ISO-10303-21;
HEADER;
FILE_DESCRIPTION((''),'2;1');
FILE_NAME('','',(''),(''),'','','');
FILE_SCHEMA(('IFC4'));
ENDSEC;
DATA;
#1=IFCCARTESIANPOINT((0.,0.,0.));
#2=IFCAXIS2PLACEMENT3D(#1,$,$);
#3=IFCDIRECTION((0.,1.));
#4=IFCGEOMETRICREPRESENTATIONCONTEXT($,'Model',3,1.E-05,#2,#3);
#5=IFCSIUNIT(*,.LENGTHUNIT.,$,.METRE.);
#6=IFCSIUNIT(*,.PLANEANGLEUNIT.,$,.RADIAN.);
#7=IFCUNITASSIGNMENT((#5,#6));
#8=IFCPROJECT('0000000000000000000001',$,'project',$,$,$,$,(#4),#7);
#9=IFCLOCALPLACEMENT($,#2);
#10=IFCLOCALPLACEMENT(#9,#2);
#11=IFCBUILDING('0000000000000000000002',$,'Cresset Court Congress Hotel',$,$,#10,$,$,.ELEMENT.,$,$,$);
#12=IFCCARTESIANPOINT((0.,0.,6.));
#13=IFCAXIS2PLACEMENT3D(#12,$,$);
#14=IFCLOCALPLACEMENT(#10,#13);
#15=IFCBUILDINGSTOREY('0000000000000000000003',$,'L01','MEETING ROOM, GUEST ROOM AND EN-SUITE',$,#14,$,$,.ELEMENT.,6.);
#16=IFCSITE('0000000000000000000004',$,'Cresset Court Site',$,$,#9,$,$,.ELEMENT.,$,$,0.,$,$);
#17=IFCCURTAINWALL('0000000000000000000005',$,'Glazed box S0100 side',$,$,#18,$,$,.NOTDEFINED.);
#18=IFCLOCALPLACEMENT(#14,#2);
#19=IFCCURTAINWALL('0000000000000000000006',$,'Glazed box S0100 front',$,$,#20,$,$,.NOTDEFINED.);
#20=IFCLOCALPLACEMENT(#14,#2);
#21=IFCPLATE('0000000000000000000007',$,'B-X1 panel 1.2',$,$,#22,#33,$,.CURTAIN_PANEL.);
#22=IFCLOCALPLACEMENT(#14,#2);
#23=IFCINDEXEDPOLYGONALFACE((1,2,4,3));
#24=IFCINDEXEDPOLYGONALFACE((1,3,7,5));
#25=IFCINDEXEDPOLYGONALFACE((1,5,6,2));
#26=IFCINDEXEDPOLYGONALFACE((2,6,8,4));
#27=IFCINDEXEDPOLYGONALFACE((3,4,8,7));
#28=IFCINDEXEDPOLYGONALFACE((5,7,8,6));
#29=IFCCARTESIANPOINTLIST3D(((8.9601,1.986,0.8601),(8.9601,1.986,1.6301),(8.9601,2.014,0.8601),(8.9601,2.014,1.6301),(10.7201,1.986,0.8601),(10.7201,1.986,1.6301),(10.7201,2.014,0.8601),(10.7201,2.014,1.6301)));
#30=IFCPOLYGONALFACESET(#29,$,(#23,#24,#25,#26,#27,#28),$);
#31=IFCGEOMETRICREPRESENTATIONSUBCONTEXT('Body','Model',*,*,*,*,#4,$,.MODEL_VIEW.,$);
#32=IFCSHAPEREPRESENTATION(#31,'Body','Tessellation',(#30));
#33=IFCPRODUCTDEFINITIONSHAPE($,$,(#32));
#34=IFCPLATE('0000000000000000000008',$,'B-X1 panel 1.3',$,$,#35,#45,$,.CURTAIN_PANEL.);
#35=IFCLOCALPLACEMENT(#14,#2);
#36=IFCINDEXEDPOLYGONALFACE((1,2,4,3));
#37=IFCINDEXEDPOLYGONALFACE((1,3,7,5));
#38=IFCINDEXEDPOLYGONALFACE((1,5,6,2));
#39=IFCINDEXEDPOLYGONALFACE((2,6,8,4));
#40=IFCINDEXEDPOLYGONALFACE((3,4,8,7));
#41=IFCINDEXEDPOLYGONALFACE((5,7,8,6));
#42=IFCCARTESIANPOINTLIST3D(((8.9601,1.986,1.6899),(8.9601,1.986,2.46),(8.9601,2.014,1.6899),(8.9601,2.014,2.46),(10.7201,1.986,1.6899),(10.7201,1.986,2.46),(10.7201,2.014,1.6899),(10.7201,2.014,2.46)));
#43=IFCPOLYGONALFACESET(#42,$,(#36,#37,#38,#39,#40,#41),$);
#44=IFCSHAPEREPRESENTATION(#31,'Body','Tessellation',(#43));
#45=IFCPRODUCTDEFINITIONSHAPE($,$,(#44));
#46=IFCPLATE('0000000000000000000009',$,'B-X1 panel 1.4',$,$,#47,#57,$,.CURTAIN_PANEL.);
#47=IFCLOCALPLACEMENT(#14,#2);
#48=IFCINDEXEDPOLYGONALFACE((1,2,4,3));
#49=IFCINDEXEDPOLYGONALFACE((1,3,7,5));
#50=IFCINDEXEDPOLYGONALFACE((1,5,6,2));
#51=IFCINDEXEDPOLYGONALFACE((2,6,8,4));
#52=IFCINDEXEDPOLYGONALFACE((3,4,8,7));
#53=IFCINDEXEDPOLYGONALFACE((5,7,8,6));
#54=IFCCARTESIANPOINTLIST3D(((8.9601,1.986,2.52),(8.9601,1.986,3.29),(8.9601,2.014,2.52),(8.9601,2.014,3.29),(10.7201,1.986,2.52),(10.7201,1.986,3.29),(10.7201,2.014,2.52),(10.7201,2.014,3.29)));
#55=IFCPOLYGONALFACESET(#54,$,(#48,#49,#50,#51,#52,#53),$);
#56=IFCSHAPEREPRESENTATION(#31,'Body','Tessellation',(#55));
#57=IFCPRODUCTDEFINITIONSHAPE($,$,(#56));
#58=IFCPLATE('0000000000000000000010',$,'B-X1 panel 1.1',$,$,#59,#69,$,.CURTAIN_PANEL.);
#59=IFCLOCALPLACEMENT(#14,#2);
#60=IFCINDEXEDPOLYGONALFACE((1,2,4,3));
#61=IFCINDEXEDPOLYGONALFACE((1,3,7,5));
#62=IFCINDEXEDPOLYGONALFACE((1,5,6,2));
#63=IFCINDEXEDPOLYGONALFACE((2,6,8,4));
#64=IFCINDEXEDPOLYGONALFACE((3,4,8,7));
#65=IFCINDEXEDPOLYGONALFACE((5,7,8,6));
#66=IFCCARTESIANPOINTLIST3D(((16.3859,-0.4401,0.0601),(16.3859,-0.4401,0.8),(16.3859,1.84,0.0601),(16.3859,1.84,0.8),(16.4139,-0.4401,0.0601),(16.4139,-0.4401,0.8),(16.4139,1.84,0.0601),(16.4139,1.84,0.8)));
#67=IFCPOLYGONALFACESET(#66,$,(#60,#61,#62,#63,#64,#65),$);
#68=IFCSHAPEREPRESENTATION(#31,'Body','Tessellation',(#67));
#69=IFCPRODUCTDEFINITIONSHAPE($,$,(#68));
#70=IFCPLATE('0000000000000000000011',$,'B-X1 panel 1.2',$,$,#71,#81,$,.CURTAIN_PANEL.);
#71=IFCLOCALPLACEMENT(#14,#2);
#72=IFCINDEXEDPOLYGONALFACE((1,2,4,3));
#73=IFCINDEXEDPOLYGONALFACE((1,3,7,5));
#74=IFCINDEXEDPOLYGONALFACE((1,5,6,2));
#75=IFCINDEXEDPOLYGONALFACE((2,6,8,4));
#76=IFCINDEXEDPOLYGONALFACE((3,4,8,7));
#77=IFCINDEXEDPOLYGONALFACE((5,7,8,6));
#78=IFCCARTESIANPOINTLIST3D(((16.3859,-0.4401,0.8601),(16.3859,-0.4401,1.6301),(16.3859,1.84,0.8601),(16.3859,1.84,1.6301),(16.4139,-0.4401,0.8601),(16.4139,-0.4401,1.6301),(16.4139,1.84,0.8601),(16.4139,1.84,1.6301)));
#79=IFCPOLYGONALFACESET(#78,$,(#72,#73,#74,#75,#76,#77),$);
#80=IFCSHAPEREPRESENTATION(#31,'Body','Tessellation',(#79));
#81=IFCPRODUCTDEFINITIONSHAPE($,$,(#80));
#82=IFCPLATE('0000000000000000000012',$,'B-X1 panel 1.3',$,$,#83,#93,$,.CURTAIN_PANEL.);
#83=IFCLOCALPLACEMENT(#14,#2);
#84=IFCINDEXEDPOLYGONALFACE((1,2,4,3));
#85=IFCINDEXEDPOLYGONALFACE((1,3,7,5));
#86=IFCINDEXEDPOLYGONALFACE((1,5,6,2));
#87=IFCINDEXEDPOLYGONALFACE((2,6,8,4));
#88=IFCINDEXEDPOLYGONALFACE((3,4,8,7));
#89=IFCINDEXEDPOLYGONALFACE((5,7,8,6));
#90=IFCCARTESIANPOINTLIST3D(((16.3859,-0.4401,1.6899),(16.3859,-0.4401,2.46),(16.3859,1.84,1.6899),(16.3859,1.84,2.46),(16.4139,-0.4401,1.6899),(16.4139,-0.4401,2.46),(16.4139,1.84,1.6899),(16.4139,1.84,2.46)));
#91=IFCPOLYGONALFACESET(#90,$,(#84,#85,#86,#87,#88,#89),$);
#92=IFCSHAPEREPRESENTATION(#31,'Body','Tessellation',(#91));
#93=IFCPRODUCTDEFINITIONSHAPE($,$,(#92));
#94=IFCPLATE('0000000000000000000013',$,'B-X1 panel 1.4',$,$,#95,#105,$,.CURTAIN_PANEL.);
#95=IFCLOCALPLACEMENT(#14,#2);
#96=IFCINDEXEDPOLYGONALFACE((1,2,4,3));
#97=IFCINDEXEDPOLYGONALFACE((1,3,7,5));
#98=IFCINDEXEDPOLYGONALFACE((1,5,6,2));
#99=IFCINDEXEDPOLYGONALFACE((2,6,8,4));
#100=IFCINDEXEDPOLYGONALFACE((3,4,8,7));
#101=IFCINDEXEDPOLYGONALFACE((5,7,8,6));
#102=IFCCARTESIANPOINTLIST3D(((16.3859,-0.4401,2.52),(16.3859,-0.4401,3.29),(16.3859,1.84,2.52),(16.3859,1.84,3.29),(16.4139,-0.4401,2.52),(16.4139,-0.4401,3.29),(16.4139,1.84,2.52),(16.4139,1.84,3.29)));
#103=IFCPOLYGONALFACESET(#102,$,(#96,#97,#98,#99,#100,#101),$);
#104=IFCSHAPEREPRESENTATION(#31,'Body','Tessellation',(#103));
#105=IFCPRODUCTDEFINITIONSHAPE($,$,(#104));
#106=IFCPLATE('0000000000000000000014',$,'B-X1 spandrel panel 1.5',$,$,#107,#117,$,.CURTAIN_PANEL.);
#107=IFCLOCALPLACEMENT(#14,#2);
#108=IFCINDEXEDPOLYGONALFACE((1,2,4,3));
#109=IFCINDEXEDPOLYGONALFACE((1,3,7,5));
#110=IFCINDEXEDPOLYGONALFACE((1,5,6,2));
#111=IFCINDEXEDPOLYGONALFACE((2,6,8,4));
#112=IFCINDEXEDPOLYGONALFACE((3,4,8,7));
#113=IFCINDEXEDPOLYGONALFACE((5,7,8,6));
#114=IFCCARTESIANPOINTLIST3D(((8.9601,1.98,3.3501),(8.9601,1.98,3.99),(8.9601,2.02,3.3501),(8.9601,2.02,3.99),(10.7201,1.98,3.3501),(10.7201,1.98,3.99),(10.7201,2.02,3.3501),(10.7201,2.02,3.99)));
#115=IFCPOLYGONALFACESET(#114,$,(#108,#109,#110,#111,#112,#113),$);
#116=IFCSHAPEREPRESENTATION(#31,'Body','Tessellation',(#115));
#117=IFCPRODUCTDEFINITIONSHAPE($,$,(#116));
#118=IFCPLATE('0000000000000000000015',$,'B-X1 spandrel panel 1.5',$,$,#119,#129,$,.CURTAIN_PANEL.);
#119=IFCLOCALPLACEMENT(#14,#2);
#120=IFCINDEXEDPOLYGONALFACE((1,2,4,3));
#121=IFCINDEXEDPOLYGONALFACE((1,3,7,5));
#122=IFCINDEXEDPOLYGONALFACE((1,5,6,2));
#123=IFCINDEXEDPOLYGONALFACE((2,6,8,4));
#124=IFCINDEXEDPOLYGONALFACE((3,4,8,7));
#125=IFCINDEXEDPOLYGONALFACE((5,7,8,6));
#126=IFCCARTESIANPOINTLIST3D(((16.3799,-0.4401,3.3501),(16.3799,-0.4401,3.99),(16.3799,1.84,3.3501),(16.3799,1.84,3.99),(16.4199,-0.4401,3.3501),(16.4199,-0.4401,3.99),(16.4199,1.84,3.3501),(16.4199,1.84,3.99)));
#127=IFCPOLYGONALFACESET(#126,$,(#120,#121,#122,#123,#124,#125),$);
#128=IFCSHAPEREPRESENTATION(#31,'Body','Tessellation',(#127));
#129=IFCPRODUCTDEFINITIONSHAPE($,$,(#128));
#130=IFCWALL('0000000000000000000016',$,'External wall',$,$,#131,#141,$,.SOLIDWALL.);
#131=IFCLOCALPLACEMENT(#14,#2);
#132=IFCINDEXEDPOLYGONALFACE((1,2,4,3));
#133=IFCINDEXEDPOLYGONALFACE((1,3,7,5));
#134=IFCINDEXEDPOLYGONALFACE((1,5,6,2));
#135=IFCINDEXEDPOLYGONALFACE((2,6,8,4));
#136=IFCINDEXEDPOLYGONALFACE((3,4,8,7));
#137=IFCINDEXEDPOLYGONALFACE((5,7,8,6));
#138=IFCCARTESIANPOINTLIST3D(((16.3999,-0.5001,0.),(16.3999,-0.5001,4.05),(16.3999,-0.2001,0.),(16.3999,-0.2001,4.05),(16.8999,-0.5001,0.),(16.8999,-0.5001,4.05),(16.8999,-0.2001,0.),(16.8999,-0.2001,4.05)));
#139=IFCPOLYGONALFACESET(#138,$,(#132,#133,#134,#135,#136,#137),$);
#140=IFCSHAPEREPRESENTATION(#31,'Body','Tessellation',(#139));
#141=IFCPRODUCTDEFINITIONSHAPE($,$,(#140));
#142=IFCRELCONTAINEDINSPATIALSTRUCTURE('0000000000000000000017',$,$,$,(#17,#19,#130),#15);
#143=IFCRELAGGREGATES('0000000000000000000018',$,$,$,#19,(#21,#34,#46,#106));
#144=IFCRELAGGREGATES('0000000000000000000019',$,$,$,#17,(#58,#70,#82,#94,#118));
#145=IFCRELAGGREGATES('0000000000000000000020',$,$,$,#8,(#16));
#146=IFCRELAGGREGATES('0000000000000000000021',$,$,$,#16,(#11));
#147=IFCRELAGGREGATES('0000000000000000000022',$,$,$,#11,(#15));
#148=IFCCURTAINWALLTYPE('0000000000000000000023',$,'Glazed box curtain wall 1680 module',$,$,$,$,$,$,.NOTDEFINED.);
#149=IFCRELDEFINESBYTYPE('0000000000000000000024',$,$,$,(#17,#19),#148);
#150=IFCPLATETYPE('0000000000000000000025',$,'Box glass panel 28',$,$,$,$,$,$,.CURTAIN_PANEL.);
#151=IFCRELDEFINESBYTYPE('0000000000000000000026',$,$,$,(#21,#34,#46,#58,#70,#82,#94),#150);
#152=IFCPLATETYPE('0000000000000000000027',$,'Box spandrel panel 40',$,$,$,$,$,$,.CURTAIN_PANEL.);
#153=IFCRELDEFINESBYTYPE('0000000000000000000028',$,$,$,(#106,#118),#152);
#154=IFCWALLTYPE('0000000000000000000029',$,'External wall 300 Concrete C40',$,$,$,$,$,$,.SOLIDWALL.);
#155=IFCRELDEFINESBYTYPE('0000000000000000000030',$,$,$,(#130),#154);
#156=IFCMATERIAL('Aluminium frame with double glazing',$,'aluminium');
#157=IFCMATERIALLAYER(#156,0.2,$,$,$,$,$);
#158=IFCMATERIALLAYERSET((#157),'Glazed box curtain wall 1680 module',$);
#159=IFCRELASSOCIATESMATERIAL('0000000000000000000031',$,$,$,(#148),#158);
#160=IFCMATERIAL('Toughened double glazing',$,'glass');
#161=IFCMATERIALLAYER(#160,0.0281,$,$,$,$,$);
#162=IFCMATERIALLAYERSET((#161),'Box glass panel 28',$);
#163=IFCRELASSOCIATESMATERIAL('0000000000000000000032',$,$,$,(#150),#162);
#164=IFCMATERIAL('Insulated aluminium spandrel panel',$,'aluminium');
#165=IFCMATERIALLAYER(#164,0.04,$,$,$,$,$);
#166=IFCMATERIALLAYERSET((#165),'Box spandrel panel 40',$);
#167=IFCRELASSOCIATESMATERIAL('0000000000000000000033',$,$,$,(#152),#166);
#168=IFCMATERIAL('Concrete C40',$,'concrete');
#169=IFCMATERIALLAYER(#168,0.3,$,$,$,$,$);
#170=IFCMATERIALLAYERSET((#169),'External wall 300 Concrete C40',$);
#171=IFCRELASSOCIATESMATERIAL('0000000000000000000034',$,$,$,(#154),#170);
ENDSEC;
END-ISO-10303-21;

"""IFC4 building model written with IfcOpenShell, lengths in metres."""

from ifc_helpers import new_model, si_unit, direction, frame, frame_2d, origin, origin_2d, place, context, subcontext, project, spatial, rectangle, extrude, material, layer, layer_set, type_object, element, aggregate, save


model = new_model("IFC4")

# Units and contexts
model_context = context("Model", 3, precision=1e-05, world=origin(), true_north=direction((0.0, 1.0)))
body_context = subcontext(model_context, "Body", "Model", "MODEL_VIEW")
ifc_project = project(units=[si_unit("LENGTHUNIT", "METRE"), si_unit("PLANEANGLEUNIT", "RADIAN")], contexts=[model_context])

# Site, building, storey
site_placement = place(None, origin())
site = spatial("IfcSite", under=ifc_project, at=site_placement, Name="Cresset Court Site", CompositionType="ELEMENT", RefElevation=0.0)
building_placement = place(site_placement, origin())
building = spatial("IfcBuilding", under=site, at=building_placement, Name="Cresset Court Congress Hotel", CompositionType="ELEMENT")
storey_placement = place(building_placement, frame((0.0, 0.0, 6.0)))
storey = spatial("IfcBuildingStorey", under=building, at=storey_placement, Name="L01", Description="MEETING ROOM, GUEST ROOM AND EN-SUITE", CompositionType="ELEMENT", Elevation=6.0)

# Curtain wall
ifc_material_1 = material(Name="Aluminium frame with double glazing", Category="aluminium")
ifc_layer_1 = layer(ifc_material_1, 0.2)
ifc_layer_set_1 = layer_set([ifc_layer_1], Name="Glazed box curtain wall 1680 module")
curtain_wall_type = type_object("IfcCurtainWallType", Name="Glazed box curtain wall 1680 module", PredefinedType="NOTDEFINED", material=ifc_layer_set_1)
curtain_wall_1_placement = place(storey_placement, origin())
curtain_wall_1 = element("IfcCurtainWall", 1, at=curtain_wall_1_placement, inside=storey, type_object=curtain_wall_type, Name="Glazed box S0100 side", PredefinedType="NOTDEFINED")

# Curtain wall
curtain_wall_2_placement = place(storey_placement, origin())
curtain_wall_2 = element("IfcCurtainWall", 2, at=curtain_wall_2_placement, inside=storey, type_object=curtain_wall_type, Name="Glazed box S0100 front", PredefinedType="NOTDEFINED")

# Plates
ifc_material_2 = material(Name="Toughened double glazing", Category="glass")
ifc_layer_2 = layer(ifc_material_2, 0.0281)
ifc_layer_set_2 = layer_set([ifc_layer_2], Name="Box glass panel 28")
plate_type_1 = type_object("IfcPlateType", Name="Box glass panel 28", PredefinedType="CURTAIN_PANEL", material=ifc_layer_set_2)
plate_1_placement = place(storey_placement, frame((9.8401, 2.0, 0.8601), z_axis=(0.0, 0.0, 1.0), x_axis=(1.0, 0.0, 0.0)))
plate_1 = element("IfcPlate", 3, at=plate_1_placement, type_object=plate_type_1, Name="B-X1 panel 1.2", PredefinedType="CURTAIN_PANEL", context=body_context, shape_type="SweptSolid", body=[
    extrude(rectangle(XDim=1.76, YDim=0.0281, at=origin_2d()), origin(), (0.0, 0.0, 1.0), 0.77),
])
plate_2_placement = place(storey_placement, frame((9.8401, 2.0, 1.6899), z_axis=(0.0, 0.0, 1.0), x_axis=(1.0, 0.0, 0.0)))
plate_2 = element("IfcPlate", 4, at=plate_2_placement, type_object=plate_type_1, Name="B-X1 panel 1.3", PredefinedType="CURTAIN_PANEL", context=body_context, shape_type="SweptSolid", body=[
    extrude(rectangle(XDim=1.76, YDim=0.0281, at=origin_2d()), origin(), (0.0, 0.0, 1.0), 0.77),
])
plate_3_placement = place(storey_placement, frame((9.8401, 2.0, 2.52), z_axis=(0.0, 0.0, 1.0), x_axis=(1.0, 0.0, 0.0)))
plate_3 = element("IfcPlate", 5, at=plate_3_placement, type_object=plate_type_1, Name="B-X1 panel 1.4", PredefinedType="CURTAIN_PANEL", context=body_context, shape_type="SweptSolid", body=[
    extrude(rectangle(XDim=1.76, YDim=0.0281, at=origin_2d()), origin(), (0.0, 0.0, 1.0), 0.77),
])
plate_4_placement = place(storey_placement, frame((16.3999, 0.7, 0.0601), z_axis=(0.0, 0.0, 1.0), x_axis=(0.0, 1.0, 0.0)))
plate_4 = element("IfcPlate", 6, at=plate_4_placement, type_object=plate_type_1, Name="B-X1 panel 1.1", PredefinedType="CURTAIN_PANEL", context=body_context, shape_type="SweptSolid", body=[
    extrude(rectangle(XDim=2.28, YDim=0.0281, at=origin_2d()), origin(), (0.0, 0.0, 1.0), 0.74),
])
plate_5_placement = place(storey_placement, frame((16.3999, 0.7, 0.8601), z_axis=(0.0, 0.0, 1.0), x_axis=(0.0, 1.0, 0.0)))
plate_5 = element("IfcPlate", 7, at=plate_5_placement, type_object=plate_type_1, Name="B-X1 panel 1.2", PredefinedType="CURTAIN_PANEL", context=body_context, shape_type="SweptSolid", body=[
    extrude(rectangle(XDim=2.28, YDim=0.0281, at=origin_2d()), origin(), (0.0, 0.0, 1.0), 0.77),
])
plate_6_placement = place(storey_placement, frame((16.3999, 0.7, 1.6899), z_axis=(0.0, 0.0, 1.0), x_axis=(0.0, 1.0, 0.0)))
plate_6 = element("IfcPlate", 8, at=plate_6_placement, type_object=plate_type_1, Name="B-X1 panel 1.3", PredefinedType="CURTAIN_PANEL", context=body_context, shape_type="SweptSolid", body=[
    extrude(rectangle(XDim=2.28, YDim=0.0281, at=origin_2d()), origin(), (0.0, 0.0, 1.0), 0.77),
])
plate_7_placement = place(storey_placement, frame((16.3999, 0.7, 2.52), z_axis=(0.0, 0.0, 1.0), x_axis=(0.0, 1.0, 0.0)))
plate_7 = element("IfcPlate", 9, at=plate_7_placement, type_object=plate_type_1, Name="B-X1 panel 1.4", PredefinedType="CURTAIN_PANEL", context=body_context, shape_type="SweptSolid", body=[
    extrude(rectangle(XDim=2.28, YDim=0.0281, at=origin_2d()), origin(), (0.0, 0.0, 1.0), 0.77),
])
ifc_material_3 = material(Name="Insulated aluminium spandrel panel", Category="aluminium")
ifc_layer_3 = layer(ifc_material_3, 0.04)
ifc_layer_set_3 = layer_set([ifc_layer_3], Name="Box spandrel panel 40")
plate_type_2 = type_object("IfcPlateType", Name="Box spandrel panel 40", PredefinedType="CURTAIN_PANEL", material=ifc_layer_set_3)
plate_8_placement = place(storey_placement, frame((9.8401, 2.0, 3.3501), z_axis=(0.0, 0.0, 1.0), x_axis=(1.0, 0.0, 0.0)))
plate_8 = element("IfcPlate", 10, at=plate_8_placement, type_object=plate_type_2, Name="B-X1 spandrel panel 1.5", PredefinedType="CURTAIN_PANEL", context=body_context, shape_type="SweptSolid", body=[
    extrude(rectangle(XDim=1.76, YDim=0.04, at=origin_2d()), origin(), (0.0, 0.0, 1.0), 0.6399),
])
aggregate(curtain_wall_2, [plate_1, plate_2, plate_3, plate_8])
plate_9_placement = place(storey_placement, frame((16.3999, 0.7, 3.3501), z_axis=(0.0, 0.0, 1.0), x_axis=(0.0, 1.0, 0.0)))
plate_9 = element("IfcPlate", 11, at=plate_9_placement, type_object=plate_type_2, Name="B-X1 spandrel panel 1.5", PredefinedType="CURTAIN_PANEL", context=body_context, shape_type="SweptSolid", body=[
    extrude(rectangle(XDim=2.28, YDim=0.04, at=origin_2d()), origin(), (0.0, 0.0, 1.0), 0.6399),
])
aggregate(curtain_wall_1, [plate_4, plate_5, plate_6, plate_7, plate_9])

# Wall
ifc_material_4 = material(Name="Concrete C40", Category="concrete")
ifc_layer_4 = layer(ifc_material_4, 0.3)
ifc_layer_set_4 = layer_set([ifc_layer_4], Name="External wall 300 Concrete C40")
wall_type = type_object("IfcWallType", Name="External wall 300 Concrete C40", PredefinedType="SOLIDWALL", material=ifc_layer_set_4)
wall_placement = place(storey_placement, frame((16.3999, -0.3501, 0.0), z_axis=(0.0, 0.0, 1.0), x_axis=(1.0, 0.0, 0.0)))
element("IfcWall", 12, at=wall_placement, inside=storey, type_object=wall_type, Name="External wall", PredefinedType="SOLIDWALL", context=body_context, shape_type="SweptSolid", body=[
    extrude(rectangle(XDim=0.5, YDim=0.3, at=frame_2d((0.25, 0.0))), origin(), (0.0, 0.0, 1.0), 4.05),
])

save(model, "model.ifc")
